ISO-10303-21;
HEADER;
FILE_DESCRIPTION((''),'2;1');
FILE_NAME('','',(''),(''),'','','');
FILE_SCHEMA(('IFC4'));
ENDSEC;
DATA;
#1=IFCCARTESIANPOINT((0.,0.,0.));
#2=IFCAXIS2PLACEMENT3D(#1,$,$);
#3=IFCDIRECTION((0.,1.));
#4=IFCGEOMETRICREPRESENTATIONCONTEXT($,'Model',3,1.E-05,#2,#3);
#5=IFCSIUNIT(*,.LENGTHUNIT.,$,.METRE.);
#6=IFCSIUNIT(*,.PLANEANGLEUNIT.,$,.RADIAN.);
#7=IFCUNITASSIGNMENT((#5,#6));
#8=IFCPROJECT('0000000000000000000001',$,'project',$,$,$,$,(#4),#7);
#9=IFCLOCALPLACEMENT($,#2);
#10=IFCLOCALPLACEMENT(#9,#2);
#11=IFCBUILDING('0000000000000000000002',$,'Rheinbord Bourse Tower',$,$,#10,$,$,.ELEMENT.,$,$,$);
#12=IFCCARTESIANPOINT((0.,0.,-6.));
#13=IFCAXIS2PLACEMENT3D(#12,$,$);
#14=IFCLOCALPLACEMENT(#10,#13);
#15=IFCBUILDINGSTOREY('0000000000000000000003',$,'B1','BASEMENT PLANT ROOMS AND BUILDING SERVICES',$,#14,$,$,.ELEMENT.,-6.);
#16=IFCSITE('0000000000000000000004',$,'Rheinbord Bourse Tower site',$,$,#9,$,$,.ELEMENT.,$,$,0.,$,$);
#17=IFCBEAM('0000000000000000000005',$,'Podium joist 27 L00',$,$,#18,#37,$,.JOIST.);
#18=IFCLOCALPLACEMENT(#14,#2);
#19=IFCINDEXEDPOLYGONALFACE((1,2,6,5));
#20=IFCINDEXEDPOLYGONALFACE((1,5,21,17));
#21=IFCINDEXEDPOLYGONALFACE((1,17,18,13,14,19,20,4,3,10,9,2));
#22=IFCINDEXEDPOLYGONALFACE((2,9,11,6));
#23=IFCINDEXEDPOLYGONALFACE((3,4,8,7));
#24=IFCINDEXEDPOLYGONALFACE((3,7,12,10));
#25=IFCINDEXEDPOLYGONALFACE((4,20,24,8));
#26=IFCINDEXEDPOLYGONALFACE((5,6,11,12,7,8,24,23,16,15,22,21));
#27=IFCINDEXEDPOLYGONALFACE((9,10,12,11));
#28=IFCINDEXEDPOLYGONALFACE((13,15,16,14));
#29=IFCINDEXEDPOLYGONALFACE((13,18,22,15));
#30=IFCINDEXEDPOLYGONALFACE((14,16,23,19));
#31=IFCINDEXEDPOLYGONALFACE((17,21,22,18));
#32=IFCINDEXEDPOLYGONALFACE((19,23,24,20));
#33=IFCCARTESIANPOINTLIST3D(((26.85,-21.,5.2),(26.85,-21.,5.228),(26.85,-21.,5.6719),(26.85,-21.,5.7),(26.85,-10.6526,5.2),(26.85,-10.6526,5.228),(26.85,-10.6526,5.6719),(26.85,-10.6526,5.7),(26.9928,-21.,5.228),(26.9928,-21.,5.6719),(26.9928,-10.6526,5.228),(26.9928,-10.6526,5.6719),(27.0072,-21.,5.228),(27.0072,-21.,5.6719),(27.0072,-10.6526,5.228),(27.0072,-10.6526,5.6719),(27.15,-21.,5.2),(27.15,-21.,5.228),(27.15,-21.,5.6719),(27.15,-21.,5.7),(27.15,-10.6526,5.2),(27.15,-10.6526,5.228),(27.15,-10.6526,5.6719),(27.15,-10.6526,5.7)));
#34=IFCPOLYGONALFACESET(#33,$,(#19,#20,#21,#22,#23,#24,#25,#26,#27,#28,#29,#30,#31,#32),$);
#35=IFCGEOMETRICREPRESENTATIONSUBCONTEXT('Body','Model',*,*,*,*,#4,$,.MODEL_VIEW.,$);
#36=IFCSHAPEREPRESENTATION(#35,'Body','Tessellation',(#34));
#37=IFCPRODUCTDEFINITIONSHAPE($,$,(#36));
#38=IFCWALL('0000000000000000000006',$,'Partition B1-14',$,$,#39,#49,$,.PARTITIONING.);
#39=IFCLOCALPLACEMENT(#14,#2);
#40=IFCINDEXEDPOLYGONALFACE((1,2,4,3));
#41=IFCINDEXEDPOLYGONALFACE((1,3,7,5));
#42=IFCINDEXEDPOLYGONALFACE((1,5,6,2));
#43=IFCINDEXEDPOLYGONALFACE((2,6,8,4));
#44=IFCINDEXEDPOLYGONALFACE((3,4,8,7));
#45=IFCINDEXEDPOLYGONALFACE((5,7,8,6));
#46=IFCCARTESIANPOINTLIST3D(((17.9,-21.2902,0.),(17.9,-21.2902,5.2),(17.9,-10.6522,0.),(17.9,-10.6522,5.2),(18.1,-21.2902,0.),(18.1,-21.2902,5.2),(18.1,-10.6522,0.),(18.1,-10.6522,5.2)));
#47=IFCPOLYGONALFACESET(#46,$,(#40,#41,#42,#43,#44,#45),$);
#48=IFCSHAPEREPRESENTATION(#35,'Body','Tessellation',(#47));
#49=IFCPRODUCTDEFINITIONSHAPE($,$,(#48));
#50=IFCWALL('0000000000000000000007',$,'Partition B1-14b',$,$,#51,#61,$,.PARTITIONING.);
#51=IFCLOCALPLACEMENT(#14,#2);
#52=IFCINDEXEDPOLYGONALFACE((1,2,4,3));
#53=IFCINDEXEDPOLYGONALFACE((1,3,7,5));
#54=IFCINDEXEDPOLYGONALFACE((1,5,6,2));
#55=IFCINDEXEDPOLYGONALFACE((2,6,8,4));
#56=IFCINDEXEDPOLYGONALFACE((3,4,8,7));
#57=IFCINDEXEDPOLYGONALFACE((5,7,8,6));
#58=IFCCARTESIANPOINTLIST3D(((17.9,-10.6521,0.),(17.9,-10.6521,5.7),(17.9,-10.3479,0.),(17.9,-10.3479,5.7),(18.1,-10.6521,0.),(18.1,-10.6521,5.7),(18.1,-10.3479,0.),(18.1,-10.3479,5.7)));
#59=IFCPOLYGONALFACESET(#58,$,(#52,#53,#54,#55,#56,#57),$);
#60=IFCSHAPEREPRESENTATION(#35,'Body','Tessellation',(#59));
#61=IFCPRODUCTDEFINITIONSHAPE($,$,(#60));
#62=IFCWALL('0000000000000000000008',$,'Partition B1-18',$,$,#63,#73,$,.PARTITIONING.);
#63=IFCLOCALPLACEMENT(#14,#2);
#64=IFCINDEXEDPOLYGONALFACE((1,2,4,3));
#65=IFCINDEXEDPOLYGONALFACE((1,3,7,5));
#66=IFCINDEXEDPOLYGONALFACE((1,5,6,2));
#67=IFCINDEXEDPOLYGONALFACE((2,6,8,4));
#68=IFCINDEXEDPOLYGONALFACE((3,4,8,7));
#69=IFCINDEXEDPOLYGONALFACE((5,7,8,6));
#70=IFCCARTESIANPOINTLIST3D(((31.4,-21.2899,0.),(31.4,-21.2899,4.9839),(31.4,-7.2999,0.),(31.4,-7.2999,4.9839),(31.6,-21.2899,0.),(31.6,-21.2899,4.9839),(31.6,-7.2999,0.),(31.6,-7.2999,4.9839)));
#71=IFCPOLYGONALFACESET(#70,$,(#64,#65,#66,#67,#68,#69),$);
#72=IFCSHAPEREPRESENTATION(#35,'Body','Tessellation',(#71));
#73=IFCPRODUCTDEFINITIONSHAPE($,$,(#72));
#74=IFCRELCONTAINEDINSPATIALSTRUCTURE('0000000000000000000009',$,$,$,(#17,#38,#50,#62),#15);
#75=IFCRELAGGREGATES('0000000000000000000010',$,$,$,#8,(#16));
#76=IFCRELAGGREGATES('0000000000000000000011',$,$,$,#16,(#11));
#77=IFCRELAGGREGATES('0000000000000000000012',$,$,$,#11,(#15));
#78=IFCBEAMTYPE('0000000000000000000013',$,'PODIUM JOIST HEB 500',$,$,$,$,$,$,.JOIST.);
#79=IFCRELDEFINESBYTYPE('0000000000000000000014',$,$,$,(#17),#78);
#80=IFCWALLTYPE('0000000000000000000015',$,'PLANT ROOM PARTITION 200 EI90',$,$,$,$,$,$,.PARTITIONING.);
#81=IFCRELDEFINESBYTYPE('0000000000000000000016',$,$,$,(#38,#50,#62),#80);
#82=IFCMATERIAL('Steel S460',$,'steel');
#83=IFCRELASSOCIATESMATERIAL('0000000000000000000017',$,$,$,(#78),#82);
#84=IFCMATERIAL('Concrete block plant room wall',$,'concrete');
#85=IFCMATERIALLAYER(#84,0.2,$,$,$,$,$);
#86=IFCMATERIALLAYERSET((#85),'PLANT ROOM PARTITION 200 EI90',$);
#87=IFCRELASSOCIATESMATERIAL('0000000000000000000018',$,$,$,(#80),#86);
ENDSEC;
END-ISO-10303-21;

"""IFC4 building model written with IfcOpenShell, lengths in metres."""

from ifc_helpers import new_model, si_unit, direction, frame, frame_2d, origin, origin_2d, place, context, subcontext, project, spatial, rectangle, i_section, extrude, material, layer, layer_set, material_profile, profile_set, type_object, element, save


model = new_model("IFC4")

# Units and contexts
model_context = context("Model", 3, precision=1e-05, world=origin(), true_north=direction((0.0, 1.0)))
body_context = subcontext(model_context, "Body", "Model", "MODEL_VIEW")
ifc_project = project(units=[si_unit("LENGTHUNIT", "METRE"), si_unit("PLANEANGLEUNIT", "RADIAN")], contexts=[model_context])

# Site, building, storey
site_placement = place(None, origin())
site = spatial("IfcSite", under=ifc_project, at=site_placement, Name="Rheinbord Bourse Tower site", CompositionType="ELEMENT", RefElevation=0.0)
building_placement = place(site_placement, origin())
building = spatial("IfcBuilding", under=site, at=building_placement, Name="Rheinbord Bourse Tower", CompositionType="ELEMENT")
storey_placement = place(building_placement, frame((0.0, 0.0, -6.0)))
storey = spatial("IfcBuildingStorey", under=building, at=storey_placement, Name="B1", Description="BASEMENT PLANT ROOMS AND BUILDING SERVICES", CompositionType="ELEMENT", Elevation=-6.0)

# Beam
ifc_material_1 = material(Name="Steel S460", Category="steel")
ifc_material_profile_1 = material_profile(ifc_material_1, i_section(OverallWidth=0.3, OverallDepth=0.5, WebThickness=0.0144, FlangeThickness=0.0281, at=origin_2d()), Name="HEB 500")
ifc_profile_set_1 = profile_set([ifc_material_profile_1], Name="Steel S460")
beam_type_1 = type_object("IfcBeamType", Name="PODIUM JOIST HEB 500", PredefinedType="JOIST", material=ifc_profile_set_1)
for number, where, z_axis, x_axis, name in (
    (1, (27.0, -21.0, 5.45), (0.0, 1.0, 0.0), (-1.0, 0.0, 0.0), "Podium joist 27 L00"),
):
    element("IfcBeam", number, at=place(storey_placement, frame(where, z_axis=z_axis, x_axis=x_axis)), inside=storey, type_object=beam_type_1, Name=name, PredefinedType="JOIST", context=body_context, shape_type="SweptSolid", body=[
        extrude(i_section(OverallWidth=0.3, OverallDepth=0.5, WebThickness=0.0144, FlangeThickness=0.0281, at=origin_2d()), origin(), (0.0, 0.0, 1.0), 10.3474),
    ])

# Walls
ifc_material_2 = material(Name="Concrete block plant room wall", Category="concrete")
ifc_layer = layer(ifc_material_2, 0.2)
ifc_layer_set = layer_set([ifc_layer], Name="PLANT ROOM PARTITION 200 EI90")
wall_type = type_object("IfcWallType", Name="PLANT ROOM PARTITION 200 EI90", PredefinedType="PARTITIONING", material=ifc_layer_set)
wall_1_placement = place(storey_placement, frame((18.0, -21.29, 0.0), z_axis=(0.0, 0.0, 1.0), x_axis=(0.0, 1.0, 0.0)))
element("IfcWall", 2, at=wall_1_placement, inside=storey, type_object=wall_type, Name="Partition B1-14", PredefinedType="PARTITIONING", context=body_context, shape_type="SweptSolid", body=[
    extrude(rectangle(XDim=10.6379, YDim=0.2, at=frame_2d((5.3188, 0.0))), origin(), (0.0, 0.0, 1.0), 5.2),
])
wall_2_placement = place(storey_placement, frame((18.0, -10.6521, 0.0), z_axis=(0.0, 0.0, 1.0), x_axis=(0.0, 1.0, 0.0)))
element("IfcWall", 3, at=wall_2_placement, inside=storey, type_object=wall_type, Name="Partition B1-14b", PredefinedType="PARTITIONING", context=body_context, shape_type="SweptSolid", body=[
    extrude(rectangle(XDim=0.3042, YDim=0.2, at=frame_2d((0.1521, 0.0))), origin(), (0.0, 0.0, 1.0), 5.7),
])
wall_3_placement = place(storey_placement, frame((31.5, -21.29, 0.0), z_axis=(0.0, 0.0, 1.0), x_axis=(0.0, 1.0, 0.0)))
element("IfcWall", 4, at=wall_3_placement, inside=storey, type_object=wall_type, Name="Partition B1-18", PredefinedType="PARTITIONING", context=body_context, shape_type="SweptSolid", body=[
    extrude(rectangle(XDim=13.99, YDim=0.2, at=frame_2d((6.9951, 0.0))), origin(), (0.0, 0.0, 1.0), 4.9839),
])

save(model, "model.ifc")
